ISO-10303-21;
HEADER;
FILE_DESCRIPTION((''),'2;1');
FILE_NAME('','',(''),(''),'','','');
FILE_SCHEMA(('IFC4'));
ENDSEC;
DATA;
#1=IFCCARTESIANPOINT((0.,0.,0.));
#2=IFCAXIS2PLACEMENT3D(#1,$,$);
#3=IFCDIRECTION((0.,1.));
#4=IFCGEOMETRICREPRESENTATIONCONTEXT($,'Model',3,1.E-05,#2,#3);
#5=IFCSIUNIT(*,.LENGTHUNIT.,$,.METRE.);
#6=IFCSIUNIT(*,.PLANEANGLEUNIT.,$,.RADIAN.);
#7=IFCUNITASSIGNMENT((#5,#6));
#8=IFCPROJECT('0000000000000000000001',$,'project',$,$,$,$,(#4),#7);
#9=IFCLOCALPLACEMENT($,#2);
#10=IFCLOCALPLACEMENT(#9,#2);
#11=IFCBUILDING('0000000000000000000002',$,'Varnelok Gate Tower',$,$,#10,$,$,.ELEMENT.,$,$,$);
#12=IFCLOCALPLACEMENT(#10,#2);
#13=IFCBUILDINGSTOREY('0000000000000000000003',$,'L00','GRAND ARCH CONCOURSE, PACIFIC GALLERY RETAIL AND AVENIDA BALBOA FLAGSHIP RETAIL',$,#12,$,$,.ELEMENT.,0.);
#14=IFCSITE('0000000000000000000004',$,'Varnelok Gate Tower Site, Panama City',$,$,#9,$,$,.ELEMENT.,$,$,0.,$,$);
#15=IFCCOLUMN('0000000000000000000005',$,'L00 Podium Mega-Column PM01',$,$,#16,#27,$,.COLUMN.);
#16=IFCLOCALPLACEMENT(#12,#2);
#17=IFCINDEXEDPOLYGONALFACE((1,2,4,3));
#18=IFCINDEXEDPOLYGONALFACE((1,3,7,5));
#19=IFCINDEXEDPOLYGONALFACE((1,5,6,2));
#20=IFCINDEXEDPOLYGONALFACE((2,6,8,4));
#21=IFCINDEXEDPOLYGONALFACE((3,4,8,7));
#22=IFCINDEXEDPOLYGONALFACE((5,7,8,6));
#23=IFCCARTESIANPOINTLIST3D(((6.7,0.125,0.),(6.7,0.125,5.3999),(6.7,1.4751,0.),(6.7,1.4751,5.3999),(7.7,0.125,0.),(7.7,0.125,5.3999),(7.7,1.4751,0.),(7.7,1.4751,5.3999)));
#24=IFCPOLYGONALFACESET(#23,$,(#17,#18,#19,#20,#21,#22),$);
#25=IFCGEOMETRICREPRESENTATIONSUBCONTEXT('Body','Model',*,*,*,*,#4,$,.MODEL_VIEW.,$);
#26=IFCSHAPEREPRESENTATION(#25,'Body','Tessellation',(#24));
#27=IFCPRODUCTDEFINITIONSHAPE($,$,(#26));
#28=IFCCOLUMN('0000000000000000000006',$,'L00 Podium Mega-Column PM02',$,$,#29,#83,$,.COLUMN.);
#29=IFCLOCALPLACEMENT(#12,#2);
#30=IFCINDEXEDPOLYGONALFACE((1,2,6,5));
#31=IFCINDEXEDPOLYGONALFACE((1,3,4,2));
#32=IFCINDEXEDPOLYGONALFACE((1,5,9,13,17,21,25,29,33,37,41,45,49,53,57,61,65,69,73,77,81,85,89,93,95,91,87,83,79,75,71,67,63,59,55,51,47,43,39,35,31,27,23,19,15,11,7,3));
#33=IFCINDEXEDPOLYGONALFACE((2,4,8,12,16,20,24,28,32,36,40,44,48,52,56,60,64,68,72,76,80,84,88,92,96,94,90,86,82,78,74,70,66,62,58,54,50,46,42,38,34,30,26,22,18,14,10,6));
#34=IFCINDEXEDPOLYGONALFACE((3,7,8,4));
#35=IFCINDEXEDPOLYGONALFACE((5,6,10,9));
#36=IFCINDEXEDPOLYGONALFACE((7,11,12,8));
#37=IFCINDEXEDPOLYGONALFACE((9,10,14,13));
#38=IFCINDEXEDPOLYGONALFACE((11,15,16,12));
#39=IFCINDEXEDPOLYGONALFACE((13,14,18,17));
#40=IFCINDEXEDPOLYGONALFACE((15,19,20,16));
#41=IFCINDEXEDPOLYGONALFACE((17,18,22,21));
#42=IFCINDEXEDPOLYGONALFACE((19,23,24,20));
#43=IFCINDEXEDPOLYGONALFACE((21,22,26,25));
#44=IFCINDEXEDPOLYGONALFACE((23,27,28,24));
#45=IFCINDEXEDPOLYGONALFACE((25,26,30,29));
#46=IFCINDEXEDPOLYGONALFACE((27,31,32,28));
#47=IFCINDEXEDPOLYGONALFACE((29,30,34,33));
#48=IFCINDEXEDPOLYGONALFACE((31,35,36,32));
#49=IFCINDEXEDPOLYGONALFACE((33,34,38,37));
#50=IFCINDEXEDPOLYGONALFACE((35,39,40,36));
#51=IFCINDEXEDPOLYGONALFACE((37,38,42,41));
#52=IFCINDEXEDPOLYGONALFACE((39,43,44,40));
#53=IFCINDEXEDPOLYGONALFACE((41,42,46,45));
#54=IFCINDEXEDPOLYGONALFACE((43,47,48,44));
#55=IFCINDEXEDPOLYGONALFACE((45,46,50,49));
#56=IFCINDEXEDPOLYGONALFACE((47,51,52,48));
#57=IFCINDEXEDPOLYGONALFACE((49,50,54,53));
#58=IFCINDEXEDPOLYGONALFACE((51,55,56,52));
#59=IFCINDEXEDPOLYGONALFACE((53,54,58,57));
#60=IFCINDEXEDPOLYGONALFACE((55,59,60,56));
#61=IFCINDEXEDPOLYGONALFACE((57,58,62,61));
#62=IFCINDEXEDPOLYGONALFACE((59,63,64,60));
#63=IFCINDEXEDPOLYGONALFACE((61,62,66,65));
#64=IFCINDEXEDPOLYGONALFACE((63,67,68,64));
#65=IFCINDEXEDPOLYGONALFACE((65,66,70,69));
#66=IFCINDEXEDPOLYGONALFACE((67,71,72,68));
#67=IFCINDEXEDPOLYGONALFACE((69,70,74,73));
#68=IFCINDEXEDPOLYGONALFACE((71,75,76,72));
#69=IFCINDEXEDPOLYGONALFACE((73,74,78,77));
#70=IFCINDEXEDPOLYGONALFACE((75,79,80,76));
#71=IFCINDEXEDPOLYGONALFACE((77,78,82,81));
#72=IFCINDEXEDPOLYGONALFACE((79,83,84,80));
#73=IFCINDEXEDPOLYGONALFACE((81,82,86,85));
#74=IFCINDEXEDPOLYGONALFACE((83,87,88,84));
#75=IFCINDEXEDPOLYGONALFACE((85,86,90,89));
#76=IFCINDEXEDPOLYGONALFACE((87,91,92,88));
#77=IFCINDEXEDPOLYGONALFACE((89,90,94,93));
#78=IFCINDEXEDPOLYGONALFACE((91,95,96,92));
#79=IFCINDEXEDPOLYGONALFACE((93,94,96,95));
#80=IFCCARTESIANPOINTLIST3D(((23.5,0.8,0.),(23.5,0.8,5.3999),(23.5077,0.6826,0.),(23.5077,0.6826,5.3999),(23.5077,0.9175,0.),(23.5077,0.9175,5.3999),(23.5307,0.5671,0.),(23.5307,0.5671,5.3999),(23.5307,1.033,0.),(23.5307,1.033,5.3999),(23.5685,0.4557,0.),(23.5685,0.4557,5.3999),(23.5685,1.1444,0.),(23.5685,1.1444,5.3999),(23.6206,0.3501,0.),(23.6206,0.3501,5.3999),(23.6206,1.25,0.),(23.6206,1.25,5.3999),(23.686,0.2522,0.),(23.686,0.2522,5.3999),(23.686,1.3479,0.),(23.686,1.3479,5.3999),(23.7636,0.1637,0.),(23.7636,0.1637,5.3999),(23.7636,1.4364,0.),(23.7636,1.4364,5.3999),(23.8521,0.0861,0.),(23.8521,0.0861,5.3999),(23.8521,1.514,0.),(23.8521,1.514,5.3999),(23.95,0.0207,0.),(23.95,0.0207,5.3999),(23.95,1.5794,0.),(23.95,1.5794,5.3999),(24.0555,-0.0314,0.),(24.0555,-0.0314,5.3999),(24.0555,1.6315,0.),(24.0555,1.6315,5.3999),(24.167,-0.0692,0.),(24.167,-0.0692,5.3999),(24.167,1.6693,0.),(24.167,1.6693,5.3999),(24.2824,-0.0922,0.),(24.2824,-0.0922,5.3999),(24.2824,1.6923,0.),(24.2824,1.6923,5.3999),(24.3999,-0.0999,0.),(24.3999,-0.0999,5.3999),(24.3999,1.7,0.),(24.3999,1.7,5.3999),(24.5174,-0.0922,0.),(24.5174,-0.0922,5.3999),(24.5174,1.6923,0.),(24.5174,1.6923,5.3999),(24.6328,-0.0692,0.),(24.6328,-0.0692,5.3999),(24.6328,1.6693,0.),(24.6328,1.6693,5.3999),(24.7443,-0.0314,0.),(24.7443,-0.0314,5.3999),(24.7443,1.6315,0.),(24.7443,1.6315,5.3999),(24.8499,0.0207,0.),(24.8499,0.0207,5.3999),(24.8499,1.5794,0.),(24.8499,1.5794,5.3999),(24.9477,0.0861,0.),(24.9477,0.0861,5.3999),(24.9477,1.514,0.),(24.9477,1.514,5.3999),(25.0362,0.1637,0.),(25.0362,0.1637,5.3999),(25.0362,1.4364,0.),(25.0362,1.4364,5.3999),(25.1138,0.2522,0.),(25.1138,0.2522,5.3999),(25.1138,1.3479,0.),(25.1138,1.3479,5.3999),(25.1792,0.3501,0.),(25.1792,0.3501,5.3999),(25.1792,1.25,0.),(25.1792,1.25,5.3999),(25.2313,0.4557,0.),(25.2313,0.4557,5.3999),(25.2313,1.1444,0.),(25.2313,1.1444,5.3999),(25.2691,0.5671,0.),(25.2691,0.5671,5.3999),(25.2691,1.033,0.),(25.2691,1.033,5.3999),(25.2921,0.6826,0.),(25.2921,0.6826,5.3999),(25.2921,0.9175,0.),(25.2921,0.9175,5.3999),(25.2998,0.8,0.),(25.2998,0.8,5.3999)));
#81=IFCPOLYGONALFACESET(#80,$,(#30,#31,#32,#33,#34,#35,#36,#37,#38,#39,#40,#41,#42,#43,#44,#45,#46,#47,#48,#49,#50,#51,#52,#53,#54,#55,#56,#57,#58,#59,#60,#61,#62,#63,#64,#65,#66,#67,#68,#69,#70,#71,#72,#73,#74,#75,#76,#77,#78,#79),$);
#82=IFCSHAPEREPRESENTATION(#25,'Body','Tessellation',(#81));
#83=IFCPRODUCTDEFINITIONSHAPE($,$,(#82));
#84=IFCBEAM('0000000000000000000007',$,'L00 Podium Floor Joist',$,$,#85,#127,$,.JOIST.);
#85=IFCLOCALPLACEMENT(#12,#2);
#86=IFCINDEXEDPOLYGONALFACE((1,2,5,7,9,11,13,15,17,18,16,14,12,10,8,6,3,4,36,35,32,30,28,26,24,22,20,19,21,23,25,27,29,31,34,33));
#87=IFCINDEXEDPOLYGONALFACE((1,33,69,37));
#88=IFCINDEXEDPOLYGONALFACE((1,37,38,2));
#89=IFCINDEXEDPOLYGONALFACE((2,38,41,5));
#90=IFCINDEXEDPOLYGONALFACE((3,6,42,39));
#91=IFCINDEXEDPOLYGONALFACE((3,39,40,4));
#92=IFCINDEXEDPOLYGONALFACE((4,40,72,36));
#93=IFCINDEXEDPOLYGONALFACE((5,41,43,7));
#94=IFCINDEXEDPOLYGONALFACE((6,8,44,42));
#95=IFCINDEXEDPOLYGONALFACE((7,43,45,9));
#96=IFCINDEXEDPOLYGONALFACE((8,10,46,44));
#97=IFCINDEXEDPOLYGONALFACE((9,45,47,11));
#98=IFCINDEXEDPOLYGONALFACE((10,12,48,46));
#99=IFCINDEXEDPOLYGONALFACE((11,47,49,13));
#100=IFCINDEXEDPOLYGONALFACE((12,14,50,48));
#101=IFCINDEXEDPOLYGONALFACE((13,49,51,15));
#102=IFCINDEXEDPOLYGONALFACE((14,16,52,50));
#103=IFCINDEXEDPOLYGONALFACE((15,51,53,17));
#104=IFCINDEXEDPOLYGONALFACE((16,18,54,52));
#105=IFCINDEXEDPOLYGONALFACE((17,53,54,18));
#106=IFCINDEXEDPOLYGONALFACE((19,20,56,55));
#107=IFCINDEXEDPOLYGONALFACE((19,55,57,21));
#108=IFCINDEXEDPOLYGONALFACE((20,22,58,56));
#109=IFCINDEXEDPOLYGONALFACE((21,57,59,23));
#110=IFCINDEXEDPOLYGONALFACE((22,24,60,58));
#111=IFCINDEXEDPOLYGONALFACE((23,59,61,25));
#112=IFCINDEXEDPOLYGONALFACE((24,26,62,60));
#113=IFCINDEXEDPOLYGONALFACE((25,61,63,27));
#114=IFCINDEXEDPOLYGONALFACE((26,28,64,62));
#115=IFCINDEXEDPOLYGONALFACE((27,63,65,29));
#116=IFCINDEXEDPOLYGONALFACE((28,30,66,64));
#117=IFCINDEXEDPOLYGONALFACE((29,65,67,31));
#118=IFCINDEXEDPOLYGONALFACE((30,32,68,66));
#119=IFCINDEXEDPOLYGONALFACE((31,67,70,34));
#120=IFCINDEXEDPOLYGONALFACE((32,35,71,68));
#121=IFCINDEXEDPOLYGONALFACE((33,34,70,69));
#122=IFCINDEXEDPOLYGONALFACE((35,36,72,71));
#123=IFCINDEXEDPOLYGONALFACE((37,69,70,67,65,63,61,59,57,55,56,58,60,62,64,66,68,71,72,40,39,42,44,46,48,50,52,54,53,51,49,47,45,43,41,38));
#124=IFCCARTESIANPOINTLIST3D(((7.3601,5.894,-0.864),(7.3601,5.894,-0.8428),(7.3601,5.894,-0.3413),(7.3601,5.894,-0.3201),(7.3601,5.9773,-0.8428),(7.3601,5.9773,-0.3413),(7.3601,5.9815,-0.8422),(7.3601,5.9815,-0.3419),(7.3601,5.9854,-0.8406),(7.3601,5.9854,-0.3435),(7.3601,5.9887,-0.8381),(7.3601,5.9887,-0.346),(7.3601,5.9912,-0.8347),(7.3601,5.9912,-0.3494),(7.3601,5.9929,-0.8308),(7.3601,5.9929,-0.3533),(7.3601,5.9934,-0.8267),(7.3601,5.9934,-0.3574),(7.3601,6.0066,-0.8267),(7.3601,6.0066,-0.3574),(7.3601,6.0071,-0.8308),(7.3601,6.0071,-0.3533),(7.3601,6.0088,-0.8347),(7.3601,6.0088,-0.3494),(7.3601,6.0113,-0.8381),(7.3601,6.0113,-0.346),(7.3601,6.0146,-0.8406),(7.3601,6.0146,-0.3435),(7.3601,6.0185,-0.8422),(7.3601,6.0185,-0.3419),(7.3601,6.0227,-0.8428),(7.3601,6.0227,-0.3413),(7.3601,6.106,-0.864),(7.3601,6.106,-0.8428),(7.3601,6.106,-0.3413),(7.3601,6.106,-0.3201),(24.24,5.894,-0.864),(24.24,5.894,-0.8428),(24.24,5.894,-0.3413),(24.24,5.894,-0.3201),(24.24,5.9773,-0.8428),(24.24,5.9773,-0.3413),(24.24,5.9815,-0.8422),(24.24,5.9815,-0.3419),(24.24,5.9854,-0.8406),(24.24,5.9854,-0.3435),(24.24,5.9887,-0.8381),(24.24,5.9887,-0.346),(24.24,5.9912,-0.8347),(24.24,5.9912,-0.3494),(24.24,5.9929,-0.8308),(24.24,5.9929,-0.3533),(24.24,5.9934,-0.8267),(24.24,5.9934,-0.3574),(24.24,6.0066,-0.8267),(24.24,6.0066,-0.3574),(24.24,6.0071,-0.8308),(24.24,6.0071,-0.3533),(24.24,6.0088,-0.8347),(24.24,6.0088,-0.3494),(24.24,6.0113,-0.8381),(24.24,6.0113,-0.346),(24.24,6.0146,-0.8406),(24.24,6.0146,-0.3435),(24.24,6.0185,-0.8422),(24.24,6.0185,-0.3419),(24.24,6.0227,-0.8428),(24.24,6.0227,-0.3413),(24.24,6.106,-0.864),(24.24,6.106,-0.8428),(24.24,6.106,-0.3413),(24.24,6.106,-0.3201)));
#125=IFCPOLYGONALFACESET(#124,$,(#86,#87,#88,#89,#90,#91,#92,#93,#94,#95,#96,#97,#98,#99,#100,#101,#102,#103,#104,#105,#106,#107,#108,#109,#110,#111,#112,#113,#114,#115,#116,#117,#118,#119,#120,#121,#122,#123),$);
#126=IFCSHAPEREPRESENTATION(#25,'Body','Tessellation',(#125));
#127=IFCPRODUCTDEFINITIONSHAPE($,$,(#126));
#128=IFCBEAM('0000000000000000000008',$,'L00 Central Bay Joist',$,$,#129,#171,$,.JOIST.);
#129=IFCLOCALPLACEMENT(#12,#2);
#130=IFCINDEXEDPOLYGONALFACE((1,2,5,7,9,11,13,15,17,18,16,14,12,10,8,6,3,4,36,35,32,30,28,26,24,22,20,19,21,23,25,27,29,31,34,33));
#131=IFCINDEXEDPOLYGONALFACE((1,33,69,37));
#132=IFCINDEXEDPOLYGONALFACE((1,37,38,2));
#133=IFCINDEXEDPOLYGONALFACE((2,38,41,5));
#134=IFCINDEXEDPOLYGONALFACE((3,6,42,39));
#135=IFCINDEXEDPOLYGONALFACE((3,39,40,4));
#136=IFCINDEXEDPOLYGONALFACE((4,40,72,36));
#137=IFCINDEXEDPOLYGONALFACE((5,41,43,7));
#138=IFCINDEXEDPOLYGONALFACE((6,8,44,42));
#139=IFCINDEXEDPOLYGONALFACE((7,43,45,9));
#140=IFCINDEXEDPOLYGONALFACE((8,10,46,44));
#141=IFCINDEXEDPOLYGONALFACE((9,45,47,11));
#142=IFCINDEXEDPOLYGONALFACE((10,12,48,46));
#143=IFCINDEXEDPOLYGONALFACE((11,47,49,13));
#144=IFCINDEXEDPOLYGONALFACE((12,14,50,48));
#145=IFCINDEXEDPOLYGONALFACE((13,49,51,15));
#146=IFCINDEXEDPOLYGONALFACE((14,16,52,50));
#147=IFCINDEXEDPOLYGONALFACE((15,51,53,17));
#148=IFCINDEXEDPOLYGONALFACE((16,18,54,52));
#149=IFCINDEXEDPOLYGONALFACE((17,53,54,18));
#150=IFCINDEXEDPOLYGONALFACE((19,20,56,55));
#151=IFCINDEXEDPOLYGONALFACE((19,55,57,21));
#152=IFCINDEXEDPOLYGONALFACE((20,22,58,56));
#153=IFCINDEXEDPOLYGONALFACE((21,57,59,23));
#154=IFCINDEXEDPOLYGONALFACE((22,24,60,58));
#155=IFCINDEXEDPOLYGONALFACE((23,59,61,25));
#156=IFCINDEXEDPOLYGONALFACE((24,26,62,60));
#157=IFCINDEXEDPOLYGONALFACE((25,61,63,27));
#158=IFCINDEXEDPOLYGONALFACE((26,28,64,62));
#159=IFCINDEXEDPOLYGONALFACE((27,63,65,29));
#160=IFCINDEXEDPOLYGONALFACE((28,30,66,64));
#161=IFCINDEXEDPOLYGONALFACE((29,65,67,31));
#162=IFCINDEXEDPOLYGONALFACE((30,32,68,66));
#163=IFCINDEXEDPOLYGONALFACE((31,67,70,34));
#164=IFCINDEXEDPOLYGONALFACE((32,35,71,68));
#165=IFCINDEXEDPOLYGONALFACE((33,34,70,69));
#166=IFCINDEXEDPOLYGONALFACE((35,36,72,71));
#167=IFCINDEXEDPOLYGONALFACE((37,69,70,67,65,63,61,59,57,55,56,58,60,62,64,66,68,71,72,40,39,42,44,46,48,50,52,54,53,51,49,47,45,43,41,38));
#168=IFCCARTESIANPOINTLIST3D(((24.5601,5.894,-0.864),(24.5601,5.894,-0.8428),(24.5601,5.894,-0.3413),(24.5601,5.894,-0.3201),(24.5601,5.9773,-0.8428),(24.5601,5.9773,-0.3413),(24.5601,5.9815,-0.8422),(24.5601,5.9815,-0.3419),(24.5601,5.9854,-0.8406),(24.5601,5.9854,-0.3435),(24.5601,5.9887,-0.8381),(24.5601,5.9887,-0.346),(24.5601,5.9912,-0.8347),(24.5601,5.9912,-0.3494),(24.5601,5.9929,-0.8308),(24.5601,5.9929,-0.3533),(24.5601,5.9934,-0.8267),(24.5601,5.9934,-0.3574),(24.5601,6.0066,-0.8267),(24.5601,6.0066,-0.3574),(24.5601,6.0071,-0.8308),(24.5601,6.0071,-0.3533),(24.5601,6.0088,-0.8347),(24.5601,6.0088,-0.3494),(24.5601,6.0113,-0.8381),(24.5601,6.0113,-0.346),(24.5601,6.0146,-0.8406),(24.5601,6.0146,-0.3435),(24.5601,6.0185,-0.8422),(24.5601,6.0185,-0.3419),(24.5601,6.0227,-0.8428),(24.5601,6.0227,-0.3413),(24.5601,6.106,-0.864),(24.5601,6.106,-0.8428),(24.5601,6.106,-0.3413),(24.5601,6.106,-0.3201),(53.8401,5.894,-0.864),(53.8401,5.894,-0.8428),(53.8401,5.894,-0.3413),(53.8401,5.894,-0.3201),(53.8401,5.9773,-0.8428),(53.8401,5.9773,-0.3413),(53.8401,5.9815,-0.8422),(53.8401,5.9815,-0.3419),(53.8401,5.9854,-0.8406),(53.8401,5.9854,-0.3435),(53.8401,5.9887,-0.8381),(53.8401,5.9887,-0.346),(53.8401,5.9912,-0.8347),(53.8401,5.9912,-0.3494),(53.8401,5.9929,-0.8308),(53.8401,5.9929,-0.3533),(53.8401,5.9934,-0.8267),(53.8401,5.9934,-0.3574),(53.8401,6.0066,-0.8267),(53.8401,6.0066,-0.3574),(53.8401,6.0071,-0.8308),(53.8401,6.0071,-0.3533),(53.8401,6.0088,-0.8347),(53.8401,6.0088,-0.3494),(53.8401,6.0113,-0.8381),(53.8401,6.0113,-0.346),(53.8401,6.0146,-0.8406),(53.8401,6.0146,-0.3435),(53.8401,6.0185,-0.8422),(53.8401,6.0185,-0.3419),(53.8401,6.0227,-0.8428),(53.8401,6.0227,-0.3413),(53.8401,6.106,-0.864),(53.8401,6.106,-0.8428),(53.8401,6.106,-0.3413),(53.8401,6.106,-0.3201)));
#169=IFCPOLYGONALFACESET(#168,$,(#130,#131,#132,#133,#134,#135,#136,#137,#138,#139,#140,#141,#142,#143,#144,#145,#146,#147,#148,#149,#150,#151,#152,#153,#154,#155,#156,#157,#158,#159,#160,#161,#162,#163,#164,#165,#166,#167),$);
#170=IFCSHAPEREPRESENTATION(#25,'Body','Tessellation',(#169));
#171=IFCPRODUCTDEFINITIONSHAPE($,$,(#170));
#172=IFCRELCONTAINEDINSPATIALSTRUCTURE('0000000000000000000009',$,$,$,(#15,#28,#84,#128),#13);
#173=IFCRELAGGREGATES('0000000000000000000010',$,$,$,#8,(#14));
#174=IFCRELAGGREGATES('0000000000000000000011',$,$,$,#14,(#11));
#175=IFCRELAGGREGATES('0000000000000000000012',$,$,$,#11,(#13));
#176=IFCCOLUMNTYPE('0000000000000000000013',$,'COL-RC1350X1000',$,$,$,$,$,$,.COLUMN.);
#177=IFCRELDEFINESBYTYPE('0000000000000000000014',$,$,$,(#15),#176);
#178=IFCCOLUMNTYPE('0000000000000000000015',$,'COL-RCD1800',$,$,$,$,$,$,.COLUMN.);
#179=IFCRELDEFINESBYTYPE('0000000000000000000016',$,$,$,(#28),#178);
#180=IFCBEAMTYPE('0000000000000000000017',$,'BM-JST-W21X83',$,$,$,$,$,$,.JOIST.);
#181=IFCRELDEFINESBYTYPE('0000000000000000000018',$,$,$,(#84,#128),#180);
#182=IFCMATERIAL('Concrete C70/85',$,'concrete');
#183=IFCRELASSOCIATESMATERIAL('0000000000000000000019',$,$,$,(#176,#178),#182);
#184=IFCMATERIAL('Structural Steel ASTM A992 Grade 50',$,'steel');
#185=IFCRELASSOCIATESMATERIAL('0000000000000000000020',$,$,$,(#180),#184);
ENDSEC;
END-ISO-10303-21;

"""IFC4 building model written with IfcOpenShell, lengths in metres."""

from ifc_helpers import new_model, si_unit, direction, frame, origin, origin_2d, place, context, subcontext, project, spatial, rectangle, circle, i_section, extrude, material, material_profile, profile_set, type_object, element, save


model = new_model("IFC4")

# Units and contexts
model_context = context("Model", 3, precision=1e-05, world=origin(), true_north=direction((0.0, 1.0)))
body_context = subcontext(model_context, "Body", "Model", "MODEL_VIEW")
ifc_project = project(units=[si_unit("LENGTHUNIT", "METRE"), si_unit("PLANEANGLEUNIT", "RADIAN")], contexts=[model_context])

# Site, building, storey
site_placement = place(None, origin())
site = spatial("IfcSite", under=ifc_project, at=site_placement, Name="Varnelok Gate Tower Site, Panama City", CompositionType="ELEMENT", RefElevation=0.0)
building_placement = place(site_placement, origin())
building = spatial("IfcBuilding", under=site, at=building_placement, Name="Varnelok Gate Tower", CompositionType="ELEMENT")
storey_placement = place(building_placement, origin())
storey = spatial("IfcBuildingStorey", under=building, at=storey_placement, Name="L00", Description="GRAND ARCH CONCOURSE, PACIFIC GALLERY RETAIL AND AVENIDA BALBOA FLAGSHIP RETAIL", CompositionType="ELEMENT", Elevation=0.0)

# Columns
ifc_material_1 = material(Name="Concrete C70/85", Category="concrete")
ifc_material_profile_1 = material_profile(ifc_material_1, rectangle(XDim=1.0, YDim=1.3501, at=origin_2d()), Name="RC1350X1000")
ifc_profile_set_1 = profile_set([ifc_material_profile_1], Name="Concrete C70/85")
column_type_1 = type_object("IfcColumnType", Name="COL-RC1350X1000", PredefinedType="COLUMN", material=ifc_profile_set_1)
column_1_placement = place(storey_placement, frame((7.2, 0.8, 0.0), z_axis=(0.0, 0.0, 1.0), x_axis=(1.0, 0.0, 0.0)))
element("IfcColumn", 1, at=column_1_placement, inside=storey, type_object=column_type_1, Name="L00 Podium Mega-Column PM01", PredefinedType="COLUMN", context=body_context, shape_type="SweptSolid", body=[
    extrude(rectangle(XDim=1.0, YDim=1.3501, at=origin_2d()), origin(), (0.0, 0.0, 1.0), 5.3999),
])
ifc_material_profile_2 = material_profile(ifc_material_1, circle(Radius=0.8999, at=origin_2d()), Name="RCD1800")
ifc_profile_set_2 = profile_set([ifc_material_profile_2], Name="Concrete C70/85")
column_type_2 = type_object("IfcColumnType", Name="COL-RCD1800", PredefinedType="COLUMN", material=ifc_profile_set_2)
column_2_placement = place(storey_placement, frame((24.3999, 0.8, 0.0), z_axis=(0.0, 0.0, 1.0), x_axis=(1.0, 0.0, 0.0)))
element("IfcColumn", 2, at=column_2_placement, inside=storey, type_object=column_type_2, Name="L00 Podium Mega-Column PM02", PredefinedType="COLUMN", context=body_context, shape_type="SweptSolid", body=[
    extrude(circle(Radius=0.8999, at=origin_2d()), origin(), (0.0, 0.0, 1.0), 5.3999),
])

# Beams
ifc_material_2 = material(Name="Structural Steel ASTM A992 Grade 50", Category="steel")
ifc_material_profile_3 = material_profile(ifc_material_2, i_section(OverallWidth=0.2119, OverallDepth=0.5439, WebThickness=0.0132, FlangeThickness=0.0212, FilletRadius=0.0161, at=origin_2d()), Name="W21X83")
ifc_profile_set_3 = profile_set([ifc_material_profile_3], Name="Structural Steel ASTM A992 Grade 50")
beam_type_1 = type_object("IfcBeamType", Name="BM-JST-W21X83", PredefinedType="JOIST", material=ifc_profile_set_3)
beam_1_placement = place(storey_placement, frame((7.3601, 6.0, -0.592), z_axis=(1.0, 0.0, 0.0), x_axis=(0.0, 1.0, 0.0)))
element("IfcBeam", 3, at=beam_1_placement, inside=storey, type_object=beam_type_1, Name="L00 Podium Floor Joist", PredefinedType="JOIST", context=body_context, shape_type="SweptSolid", body=[
    extrude(i_section(OverallWidth=0.2119, OverallDepth=0.5439, WebThickness=0.0132, FlangeThickness=0.0212, FilletRadius=0.0161, at=origin_2d()), origin(), (0.0, 0.0, 1.0), 16.8799),
])
beam_2_placement = place(storey_placement, frame((24.5601, 6.0, -0.592), z_axis=(1.0, 0.0, 0.0), x_axis=(0.0, 1.0, 0.0)))
element("IfcBeam", 4, at=beam_2_placement, inside=storey, type_object=beam_type_1, Name="L00 Central Bay Joist", PredefinedType="JOIST", context=body_context, shape_type="SweptSolid", body=[
    extrude(i_section(OverallWidth=0.2119, OverallDepth=0.5439, WebThickness=0.0132, FlangeThickness=0.0212, FilletRadius=0.0161, at=origin_2d()), origin(), (0.0, 0.0, 1.0), 29.28),
])

save(model, "model.ifc")
